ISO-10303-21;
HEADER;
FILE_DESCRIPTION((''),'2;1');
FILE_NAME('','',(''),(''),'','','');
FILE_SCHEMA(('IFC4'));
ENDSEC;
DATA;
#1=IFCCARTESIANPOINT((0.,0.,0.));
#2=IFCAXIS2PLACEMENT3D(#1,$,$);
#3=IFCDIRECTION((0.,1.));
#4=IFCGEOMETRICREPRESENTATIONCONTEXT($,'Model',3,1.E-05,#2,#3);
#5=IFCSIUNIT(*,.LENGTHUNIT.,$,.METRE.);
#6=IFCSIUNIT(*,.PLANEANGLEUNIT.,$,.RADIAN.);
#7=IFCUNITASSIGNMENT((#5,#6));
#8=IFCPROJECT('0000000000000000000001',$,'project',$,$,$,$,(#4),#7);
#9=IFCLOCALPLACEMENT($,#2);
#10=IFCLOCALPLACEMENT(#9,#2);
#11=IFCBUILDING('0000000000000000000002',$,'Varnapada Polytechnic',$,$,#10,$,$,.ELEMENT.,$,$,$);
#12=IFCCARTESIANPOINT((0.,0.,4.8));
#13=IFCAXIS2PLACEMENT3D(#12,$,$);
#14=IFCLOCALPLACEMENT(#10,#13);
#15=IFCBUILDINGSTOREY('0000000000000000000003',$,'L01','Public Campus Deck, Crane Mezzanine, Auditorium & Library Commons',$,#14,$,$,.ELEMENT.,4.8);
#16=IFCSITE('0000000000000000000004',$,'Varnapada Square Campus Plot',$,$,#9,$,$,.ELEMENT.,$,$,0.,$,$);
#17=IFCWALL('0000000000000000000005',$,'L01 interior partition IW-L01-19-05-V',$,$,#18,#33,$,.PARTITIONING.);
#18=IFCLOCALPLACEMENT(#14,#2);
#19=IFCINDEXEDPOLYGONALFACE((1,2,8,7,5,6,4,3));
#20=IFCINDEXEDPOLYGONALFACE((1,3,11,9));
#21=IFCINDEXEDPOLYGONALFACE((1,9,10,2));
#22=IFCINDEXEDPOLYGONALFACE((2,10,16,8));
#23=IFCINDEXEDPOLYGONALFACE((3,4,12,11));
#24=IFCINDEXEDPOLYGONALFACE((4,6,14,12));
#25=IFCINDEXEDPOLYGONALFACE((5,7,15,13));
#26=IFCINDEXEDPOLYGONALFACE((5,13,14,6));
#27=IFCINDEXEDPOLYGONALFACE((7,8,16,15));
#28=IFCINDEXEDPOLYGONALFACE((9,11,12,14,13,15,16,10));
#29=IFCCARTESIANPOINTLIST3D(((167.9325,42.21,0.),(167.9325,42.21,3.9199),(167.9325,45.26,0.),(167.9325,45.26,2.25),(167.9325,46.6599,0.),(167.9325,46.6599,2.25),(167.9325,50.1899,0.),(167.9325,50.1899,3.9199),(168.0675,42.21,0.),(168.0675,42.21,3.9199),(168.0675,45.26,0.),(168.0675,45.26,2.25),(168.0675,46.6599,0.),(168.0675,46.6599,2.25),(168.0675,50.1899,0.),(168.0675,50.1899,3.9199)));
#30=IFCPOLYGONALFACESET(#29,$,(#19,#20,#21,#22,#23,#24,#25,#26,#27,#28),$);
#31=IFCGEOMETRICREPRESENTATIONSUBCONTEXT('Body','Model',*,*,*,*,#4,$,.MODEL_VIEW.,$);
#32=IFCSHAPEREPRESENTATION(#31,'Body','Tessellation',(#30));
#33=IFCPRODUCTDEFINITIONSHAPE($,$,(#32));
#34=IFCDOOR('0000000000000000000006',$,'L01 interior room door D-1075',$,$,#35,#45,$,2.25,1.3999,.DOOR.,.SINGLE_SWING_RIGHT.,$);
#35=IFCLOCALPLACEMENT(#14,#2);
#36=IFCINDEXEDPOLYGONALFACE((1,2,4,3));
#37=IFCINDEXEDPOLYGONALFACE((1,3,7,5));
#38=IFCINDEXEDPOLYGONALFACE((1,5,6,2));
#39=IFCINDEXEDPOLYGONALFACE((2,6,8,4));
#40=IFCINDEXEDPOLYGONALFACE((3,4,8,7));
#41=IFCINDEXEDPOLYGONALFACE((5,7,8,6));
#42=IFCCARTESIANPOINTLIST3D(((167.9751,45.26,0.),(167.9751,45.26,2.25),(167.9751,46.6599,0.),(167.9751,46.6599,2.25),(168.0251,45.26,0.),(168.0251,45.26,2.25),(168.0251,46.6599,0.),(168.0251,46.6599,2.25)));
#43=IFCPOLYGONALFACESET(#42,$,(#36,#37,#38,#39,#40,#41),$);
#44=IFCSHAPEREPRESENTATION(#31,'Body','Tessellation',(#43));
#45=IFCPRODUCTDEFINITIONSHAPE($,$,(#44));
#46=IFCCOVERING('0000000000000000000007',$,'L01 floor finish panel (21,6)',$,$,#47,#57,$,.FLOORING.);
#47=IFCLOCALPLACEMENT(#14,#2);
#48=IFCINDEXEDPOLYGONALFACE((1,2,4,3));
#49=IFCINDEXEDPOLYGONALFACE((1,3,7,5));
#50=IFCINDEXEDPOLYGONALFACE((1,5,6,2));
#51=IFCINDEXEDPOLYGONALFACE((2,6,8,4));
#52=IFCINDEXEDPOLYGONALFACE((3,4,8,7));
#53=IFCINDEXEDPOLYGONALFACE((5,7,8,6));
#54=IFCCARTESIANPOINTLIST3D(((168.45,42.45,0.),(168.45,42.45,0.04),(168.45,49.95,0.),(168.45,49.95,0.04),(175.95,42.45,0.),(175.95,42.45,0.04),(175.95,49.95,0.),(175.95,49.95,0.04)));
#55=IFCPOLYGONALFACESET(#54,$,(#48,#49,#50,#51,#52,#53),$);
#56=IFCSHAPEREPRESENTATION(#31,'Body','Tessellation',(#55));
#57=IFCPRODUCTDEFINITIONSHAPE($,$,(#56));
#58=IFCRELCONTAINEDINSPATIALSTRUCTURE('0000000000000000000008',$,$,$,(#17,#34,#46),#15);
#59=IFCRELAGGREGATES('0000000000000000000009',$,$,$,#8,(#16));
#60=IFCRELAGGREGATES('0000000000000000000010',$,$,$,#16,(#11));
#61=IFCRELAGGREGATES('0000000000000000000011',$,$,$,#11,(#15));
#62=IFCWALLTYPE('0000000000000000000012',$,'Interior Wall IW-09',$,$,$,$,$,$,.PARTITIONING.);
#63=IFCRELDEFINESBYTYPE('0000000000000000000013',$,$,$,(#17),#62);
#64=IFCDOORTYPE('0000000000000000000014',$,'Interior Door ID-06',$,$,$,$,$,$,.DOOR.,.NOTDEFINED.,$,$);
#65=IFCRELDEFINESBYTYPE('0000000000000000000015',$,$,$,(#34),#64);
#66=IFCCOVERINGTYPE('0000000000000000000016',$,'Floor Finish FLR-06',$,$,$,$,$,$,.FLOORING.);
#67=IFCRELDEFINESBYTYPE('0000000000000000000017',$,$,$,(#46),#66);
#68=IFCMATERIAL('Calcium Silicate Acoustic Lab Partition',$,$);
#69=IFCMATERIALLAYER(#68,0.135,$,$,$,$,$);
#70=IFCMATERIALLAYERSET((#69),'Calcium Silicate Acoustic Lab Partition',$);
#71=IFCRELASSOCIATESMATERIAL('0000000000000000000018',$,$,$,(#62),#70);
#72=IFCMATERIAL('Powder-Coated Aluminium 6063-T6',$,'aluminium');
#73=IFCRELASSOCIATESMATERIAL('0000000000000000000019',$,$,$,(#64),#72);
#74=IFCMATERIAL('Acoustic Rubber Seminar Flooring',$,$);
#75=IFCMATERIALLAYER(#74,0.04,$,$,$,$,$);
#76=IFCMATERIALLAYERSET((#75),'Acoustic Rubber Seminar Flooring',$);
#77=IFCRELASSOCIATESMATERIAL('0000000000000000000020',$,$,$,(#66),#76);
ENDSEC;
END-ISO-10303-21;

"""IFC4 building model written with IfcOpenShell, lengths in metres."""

from ifc_helpers import new_model, si_unit, direction, frame, frame_2d, origin, origin_2d, place, context, subcontext, project, spatial, rectangle, extrude, material, layer, layer_set, type_object, element, fill, save


model = new_model("IFC4")

# Units and contexts
model_context = context("Model", 3, precision=1e-05, world=origin(), true_north=direction((0.0, 1.0)))
body_context = subcontext(model_context, "Body", "Model", "MODEL_VIEW")
ifc_project = project(units=[si_unit("LENGTHUNIT", "METRE"), si_unit("PLANEANGLEUNIT", "RADIAN")], contexts=[model_context])

# Site, building, storey
site_placement = place(None, origin())
site = spatial("IfcSite", under=ifc_project, at=site_placement, Name="Varnapada Square Campus Plot", CompositionType="ELEMENT", RefElevation=0.0)
building_placement = place(site_placement, origin())
building = spatial("IfcBuilding", under=site, at=building_placement, Name="Varnapada Polytechnic", CompositionType="ELEMENT")
storey_placement = place(building_placement, frame((0.0, 0.0, 4.8)))
storey = spatial("IfcBuildingStorey", under=building, at=storey_placement, Name="L01", Description="Public Campus Deck, Crane Mezzanine, Auditorium & Library Commons", CompositionType="ELEMENT", Elevation=4.8)

# Wall, opening, door
ifc_material_1 = material(Name="Calcium Silicate Acoustic Lab Partition")
ifc_layer_1 = layer(ifc_material_1, 0.135)
ifc_layer_set_1 = layer_set([ifc_layer_1], Name="Calcium Silicate Acoustic Lab Partition")
wall_type_1 = type_object("IfcWallType", Name="Interior Wall IW-09", PredefinedType="PARTITIONING", material=ifc_layer_set_1)
wall_1_placement = place(storey_placement, frame((168.0, 42.21, 0.0), z_axis=(0.0, 0.0, 1.0), x_axis=(0.0, 1.0, 0.0)))
wall_1 = element("IfcWall", 1, at=wall_1_placement, inside=storey, type_object=wall_type_1, Name="L01 interior partition IW-L01-19-05-V", PredefinedType="PARTITIONING", context=body_context, shape_type="SweptSolid", body=[
    extrude(rectangle(XDim=7.98, YDim=0.135, at=frame_2d((3.99, 0.0))), origin(), (0.0, 0.0, 1.0), 3.9199),
])
opening_placement = place(wall_1_placement, frame((3.05, 0.0, 0.0)))
opening = element("IfcOpeningElement", 2, at=opening_placement, cuts=wall_1, PredefinedType="OPENING", context=body_context, shape_type="SweptSolid", body=[
    extrude(rectangle(XDim=1.3999, YDim=2.25, at=frame_2d((0.7, 1.125))), frame((0.0, 0.0774, 0.0), z_axis=(0.0, -1.0, 0.0), x_axis=(1.0, 0.0, 0.0)), (0.0, 0.0, 1.0), 0.155),
])
ifc_material_2 = material(Name="Powder-Coated Aluminium 6063-T6", Category="aluminium")
door_type = type_object("IfcDoorType", Name="Interior Door ID-06", OperationType="NOTDEFINED", PredefinedType="DOOR", material=ifc_material_2)
door_placement = place(opening_placement, origin())
door = element("IfcDoor", 3, at=door_placement, inside=storey, type_object=door_type, Name="L01 interior room door D-1075", OperationType="SINGLE_SWING_RIGHT", OverallHeight=2.25, OverallWidth=1.3999, PredefinedType="DOOR", context=body_context, shape_type="SweptSolid", body=[
    extrude(rectangle(XDim=1.3999, YDim=2.25, at=frame_2d((0.7, 1.125))), frame((0.0, 0.0249, 0.0), z_axis=(0.0, -1.0, 0.0), x_axis=(1.0, 0.0, 0.0)), (0.0, 0.0, 1.0), 0.05),
])
fill(opening, door)

# Covering
ifc_material_3 = material(Name="Acoustic Rubber Seminar Flooring")
ifc_layer_2 = layer(ifc_material_3, 0.04)
ifc_layer_set_2 = layer_set([ifc_layer_2], Name="Acoustic Rubber Seminar Flooring")
covering_type = type_object("IfcCoveringType", Name="Floor Finish FLR-06", PredefinedType="FLOORING", material=ifc_layer_set_2)
covering_placement = place(storey_placement, frame((172.2, 46.2, 0.0), z_axis=(0.0, 0.0, 1.0), x_axis=(1.0, 0.0, 0.0)))
element("IfcCovering", 4, at=covering_placement, inside=storey, type_object=covering_type, Name="L01 floor finish panel (21,6)", PredefinedType="FLOORING", context=body_context, shape_type="SweptSolid", body=[
    extrude(rectangle(XDim=7.5, YDim=7.5, at=origin_2d()), origin(), (0.0, 0.0, 1.0), 0.04),
])

save(model, "model.ifc")
